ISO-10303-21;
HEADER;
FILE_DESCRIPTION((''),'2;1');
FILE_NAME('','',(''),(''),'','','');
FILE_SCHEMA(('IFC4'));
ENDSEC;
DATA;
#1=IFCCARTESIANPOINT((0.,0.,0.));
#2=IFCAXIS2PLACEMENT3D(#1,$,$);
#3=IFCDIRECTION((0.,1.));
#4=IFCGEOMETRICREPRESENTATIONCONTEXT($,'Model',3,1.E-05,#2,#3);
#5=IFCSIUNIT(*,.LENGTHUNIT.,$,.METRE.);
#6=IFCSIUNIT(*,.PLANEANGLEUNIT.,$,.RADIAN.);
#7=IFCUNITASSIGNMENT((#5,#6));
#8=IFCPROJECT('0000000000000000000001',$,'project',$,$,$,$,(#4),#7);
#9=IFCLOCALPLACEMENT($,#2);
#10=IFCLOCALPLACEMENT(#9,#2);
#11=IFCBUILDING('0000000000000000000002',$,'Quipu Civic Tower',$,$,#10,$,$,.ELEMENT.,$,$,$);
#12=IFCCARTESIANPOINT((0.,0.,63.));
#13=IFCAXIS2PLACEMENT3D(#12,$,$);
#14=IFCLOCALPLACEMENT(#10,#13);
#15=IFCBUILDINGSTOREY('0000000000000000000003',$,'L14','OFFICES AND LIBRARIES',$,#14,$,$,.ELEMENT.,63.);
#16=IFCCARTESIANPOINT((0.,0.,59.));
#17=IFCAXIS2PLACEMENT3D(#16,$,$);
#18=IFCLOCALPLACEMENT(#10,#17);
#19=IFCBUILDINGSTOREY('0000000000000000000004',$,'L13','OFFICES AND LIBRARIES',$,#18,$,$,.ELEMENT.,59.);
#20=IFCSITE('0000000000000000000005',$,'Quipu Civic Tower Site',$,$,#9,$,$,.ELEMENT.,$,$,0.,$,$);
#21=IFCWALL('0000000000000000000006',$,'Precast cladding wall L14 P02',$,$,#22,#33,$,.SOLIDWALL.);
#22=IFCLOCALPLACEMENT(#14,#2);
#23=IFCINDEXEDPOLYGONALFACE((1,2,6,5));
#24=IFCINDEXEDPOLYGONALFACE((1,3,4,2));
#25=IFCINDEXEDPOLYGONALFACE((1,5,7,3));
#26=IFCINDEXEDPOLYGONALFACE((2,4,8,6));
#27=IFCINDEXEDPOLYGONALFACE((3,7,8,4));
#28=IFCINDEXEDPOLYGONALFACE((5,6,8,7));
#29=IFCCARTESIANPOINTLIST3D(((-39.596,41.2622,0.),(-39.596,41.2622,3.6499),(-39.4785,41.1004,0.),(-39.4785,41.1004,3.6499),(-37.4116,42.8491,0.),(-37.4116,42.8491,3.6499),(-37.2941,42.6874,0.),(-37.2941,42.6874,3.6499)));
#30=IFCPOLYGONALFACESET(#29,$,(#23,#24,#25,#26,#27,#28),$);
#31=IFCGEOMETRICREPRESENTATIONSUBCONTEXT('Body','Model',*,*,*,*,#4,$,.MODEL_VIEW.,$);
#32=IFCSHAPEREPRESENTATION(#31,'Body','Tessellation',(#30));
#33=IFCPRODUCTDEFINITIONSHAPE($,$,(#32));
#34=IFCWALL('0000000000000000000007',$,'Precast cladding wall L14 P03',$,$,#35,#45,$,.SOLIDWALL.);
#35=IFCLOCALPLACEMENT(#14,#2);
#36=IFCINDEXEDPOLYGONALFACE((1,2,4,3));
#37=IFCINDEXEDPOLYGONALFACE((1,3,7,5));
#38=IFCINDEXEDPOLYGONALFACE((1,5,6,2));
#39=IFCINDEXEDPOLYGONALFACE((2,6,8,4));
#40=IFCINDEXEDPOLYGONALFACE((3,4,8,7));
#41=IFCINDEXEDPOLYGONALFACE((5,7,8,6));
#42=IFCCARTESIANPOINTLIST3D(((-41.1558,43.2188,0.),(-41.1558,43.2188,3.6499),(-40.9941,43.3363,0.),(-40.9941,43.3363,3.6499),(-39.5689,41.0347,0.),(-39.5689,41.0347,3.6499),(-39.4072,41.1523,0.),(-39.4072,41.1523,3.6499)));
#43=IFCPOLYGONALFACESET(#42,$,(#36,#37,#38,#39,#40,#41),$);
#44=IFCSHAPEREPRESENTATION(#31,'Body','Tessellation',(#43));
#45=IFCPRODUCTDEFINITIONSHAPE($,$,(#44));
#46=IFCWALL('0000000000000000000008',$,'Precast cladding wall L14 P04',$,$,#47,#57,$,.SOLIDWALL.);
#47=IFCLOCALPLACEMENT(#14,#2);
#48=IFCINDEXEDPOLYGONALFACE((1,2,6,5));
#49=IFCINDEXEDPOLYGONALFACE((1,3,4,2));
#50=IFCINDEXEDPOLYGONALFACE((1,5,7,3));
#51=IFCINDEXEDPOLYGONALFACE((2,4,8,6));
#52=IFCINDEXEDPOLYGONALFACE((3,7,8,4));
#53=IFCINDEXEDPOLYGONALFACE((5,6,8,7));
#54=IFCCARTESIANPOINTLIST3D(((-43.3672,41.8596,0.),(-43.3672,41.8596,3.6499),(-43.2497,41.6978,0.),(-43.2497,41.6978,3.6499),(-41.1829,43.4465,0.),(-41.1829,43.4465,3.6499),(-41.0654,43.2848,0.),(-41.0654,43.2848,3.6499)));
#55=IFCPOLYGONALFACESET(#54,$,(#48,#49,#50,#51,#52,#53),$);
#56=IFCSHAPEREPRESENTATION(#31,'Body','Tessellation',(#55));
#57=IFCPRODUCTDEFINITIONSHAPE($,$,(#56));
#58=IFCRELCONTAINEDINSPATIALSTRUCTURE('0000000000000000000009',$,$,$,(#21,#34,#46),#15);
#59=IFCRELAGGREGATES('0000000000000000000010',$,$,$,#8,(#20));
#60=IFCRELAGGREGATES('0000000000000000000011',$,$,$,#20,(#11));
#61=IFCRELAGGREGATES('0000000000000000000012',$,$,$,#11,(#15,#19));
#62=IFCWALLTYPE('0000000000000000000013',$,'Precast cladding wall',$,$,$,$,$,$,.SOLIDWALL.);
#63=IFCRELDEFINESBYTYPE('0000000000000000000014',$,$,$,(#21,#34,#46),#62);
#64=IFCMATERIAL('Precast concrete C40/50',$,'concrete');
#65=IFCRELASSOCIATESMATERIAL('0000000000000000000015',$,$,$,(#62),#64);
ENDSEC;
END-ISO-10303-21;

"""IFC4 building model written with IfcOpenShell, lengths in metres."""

from ifc_helpers import new_model, si_unit, direction, frame, frame_2d, origin, place, context, subcontext, project, spatial, rectangle, extrude, material, type_object, element, save


model = new_model("IFC4")

# Units and contexts
model_context = context("Model", 3, precision=1e-05, world=origin(), true_north=direction((0.0, 1.0)))
body_context = subcontext(model_context, "Body", "Model", "MODEL_VIEW")
ifc_project = project(units=[si_unit("LENGTHUNIT", "METRE"), si_unit("PLANEANGLEUNIT", "RADIAN")], contexts=[model_context])

# Site, building, storey
site_placement = place(None, origin())
site = spatial("IfcSite", under=ifc_project, at=site_placement, Name="Quipu Civic Tower Site", CompositionType="ELEMENT", RefElevation=0.0)
building_placement = place(site_placement, origin())
building = spatial("IfcBuilding", under=site, at=building_placement, Name="Quipu Civic Tower", CompositionType="ELEMENT")
storey_1_placement = place(building_placement, frame((0.0, 0.0, 63.0)))
storey_1 = spatial("IfcBuildingStorey", under=building, at=storey_1_placement, Name="L14", Description="OFFICES AND LIBRARIES", CompositionType="ELEMENT", Elevation=63.0)

# Shared definitions
storey_2_placement = place(building_placement, frame((0.0, 0.0, 59.0)))
storey_2 = spatial("IfcBuildingStorey", under=building, at=storey_2_placement, Name="L13", Description="OFFICES AND LIBRARIES", CompositionType="ELEMENT", Elevation=59.0)

# Walls
ifc_material_1 = material(Name="Precast concrete C40/50", Category="concrete")
wall_type_1 = type_object("IfcWallType", Name="Precast cladding wall", PredefinedType="SOLIDWALL", material=ifc_material_1)
wall_1_placement = place(storey_1_placement, frame((-37.3528, 42.7683, 0.0), z_axis=(0.0, 0.0, 1.0), x_axis=(-0.809033, -0.587763, 0.0)))
element("IfcWall", 1, at=wall_1_placement, inside=storey_1, type_object=wall_type_1, Name="Precast cladding wall L14 P02", PredefinedType="SOLIDWALL", context=body_context, shape_type="SweptSolid", body=[
    extrude(rectangle(XDim=2.7, YDim=0.2, at=frame_2d((1.3501, 0.0))), origin(), (0.0, 0.0, 1.0), 3.6499),
])
wall_2_placement = place(storey_1_placement, frame((-39.488, 41.0935, 0.0), z_axis=(0.0, 0.0, 1.0), x_axis=(-0.587806, 0.809002, 0.0)))
element("IfcWall", 2, at=wall_2_placement, inside=storey_1, type_object=wall_type_1, Name="Precast cladding wall L14 P03", PredefinedType="SOLIDWALL", context=body_context, shape_type="SweptSolid", body=[
    extrude(rectangle(XDim=2.6997, YDim=0.2, at=frame_2d((1.3499, 0.0))), origin(), (0.0, 0.0, 1.0), 3.6499),
])
wall_3_placement = place(storey_1_placement, frame((-41.124, 43.3657, 0.0), z_axis=(0.0, 0.0, 1.0), x_axis=(-0.809033, -0.587763, 0.0)))
element("IfcWall", 3, at=wall_3_placement, inside=storey_1, type_object=wall_type_1, Name="Precast cladding wall L14 P04", PredefinedType="SOLIDWALL", context=body_context, shape_type="SweptSolid", body=[
    extrude(rectangle(XDim=2.7, YDim=0.2, at=frame_2d((1.3501, 0.0))), origin(), (0.0, 0.0, 1.0), 3.6499),
])

save(model, "model.ifc")
